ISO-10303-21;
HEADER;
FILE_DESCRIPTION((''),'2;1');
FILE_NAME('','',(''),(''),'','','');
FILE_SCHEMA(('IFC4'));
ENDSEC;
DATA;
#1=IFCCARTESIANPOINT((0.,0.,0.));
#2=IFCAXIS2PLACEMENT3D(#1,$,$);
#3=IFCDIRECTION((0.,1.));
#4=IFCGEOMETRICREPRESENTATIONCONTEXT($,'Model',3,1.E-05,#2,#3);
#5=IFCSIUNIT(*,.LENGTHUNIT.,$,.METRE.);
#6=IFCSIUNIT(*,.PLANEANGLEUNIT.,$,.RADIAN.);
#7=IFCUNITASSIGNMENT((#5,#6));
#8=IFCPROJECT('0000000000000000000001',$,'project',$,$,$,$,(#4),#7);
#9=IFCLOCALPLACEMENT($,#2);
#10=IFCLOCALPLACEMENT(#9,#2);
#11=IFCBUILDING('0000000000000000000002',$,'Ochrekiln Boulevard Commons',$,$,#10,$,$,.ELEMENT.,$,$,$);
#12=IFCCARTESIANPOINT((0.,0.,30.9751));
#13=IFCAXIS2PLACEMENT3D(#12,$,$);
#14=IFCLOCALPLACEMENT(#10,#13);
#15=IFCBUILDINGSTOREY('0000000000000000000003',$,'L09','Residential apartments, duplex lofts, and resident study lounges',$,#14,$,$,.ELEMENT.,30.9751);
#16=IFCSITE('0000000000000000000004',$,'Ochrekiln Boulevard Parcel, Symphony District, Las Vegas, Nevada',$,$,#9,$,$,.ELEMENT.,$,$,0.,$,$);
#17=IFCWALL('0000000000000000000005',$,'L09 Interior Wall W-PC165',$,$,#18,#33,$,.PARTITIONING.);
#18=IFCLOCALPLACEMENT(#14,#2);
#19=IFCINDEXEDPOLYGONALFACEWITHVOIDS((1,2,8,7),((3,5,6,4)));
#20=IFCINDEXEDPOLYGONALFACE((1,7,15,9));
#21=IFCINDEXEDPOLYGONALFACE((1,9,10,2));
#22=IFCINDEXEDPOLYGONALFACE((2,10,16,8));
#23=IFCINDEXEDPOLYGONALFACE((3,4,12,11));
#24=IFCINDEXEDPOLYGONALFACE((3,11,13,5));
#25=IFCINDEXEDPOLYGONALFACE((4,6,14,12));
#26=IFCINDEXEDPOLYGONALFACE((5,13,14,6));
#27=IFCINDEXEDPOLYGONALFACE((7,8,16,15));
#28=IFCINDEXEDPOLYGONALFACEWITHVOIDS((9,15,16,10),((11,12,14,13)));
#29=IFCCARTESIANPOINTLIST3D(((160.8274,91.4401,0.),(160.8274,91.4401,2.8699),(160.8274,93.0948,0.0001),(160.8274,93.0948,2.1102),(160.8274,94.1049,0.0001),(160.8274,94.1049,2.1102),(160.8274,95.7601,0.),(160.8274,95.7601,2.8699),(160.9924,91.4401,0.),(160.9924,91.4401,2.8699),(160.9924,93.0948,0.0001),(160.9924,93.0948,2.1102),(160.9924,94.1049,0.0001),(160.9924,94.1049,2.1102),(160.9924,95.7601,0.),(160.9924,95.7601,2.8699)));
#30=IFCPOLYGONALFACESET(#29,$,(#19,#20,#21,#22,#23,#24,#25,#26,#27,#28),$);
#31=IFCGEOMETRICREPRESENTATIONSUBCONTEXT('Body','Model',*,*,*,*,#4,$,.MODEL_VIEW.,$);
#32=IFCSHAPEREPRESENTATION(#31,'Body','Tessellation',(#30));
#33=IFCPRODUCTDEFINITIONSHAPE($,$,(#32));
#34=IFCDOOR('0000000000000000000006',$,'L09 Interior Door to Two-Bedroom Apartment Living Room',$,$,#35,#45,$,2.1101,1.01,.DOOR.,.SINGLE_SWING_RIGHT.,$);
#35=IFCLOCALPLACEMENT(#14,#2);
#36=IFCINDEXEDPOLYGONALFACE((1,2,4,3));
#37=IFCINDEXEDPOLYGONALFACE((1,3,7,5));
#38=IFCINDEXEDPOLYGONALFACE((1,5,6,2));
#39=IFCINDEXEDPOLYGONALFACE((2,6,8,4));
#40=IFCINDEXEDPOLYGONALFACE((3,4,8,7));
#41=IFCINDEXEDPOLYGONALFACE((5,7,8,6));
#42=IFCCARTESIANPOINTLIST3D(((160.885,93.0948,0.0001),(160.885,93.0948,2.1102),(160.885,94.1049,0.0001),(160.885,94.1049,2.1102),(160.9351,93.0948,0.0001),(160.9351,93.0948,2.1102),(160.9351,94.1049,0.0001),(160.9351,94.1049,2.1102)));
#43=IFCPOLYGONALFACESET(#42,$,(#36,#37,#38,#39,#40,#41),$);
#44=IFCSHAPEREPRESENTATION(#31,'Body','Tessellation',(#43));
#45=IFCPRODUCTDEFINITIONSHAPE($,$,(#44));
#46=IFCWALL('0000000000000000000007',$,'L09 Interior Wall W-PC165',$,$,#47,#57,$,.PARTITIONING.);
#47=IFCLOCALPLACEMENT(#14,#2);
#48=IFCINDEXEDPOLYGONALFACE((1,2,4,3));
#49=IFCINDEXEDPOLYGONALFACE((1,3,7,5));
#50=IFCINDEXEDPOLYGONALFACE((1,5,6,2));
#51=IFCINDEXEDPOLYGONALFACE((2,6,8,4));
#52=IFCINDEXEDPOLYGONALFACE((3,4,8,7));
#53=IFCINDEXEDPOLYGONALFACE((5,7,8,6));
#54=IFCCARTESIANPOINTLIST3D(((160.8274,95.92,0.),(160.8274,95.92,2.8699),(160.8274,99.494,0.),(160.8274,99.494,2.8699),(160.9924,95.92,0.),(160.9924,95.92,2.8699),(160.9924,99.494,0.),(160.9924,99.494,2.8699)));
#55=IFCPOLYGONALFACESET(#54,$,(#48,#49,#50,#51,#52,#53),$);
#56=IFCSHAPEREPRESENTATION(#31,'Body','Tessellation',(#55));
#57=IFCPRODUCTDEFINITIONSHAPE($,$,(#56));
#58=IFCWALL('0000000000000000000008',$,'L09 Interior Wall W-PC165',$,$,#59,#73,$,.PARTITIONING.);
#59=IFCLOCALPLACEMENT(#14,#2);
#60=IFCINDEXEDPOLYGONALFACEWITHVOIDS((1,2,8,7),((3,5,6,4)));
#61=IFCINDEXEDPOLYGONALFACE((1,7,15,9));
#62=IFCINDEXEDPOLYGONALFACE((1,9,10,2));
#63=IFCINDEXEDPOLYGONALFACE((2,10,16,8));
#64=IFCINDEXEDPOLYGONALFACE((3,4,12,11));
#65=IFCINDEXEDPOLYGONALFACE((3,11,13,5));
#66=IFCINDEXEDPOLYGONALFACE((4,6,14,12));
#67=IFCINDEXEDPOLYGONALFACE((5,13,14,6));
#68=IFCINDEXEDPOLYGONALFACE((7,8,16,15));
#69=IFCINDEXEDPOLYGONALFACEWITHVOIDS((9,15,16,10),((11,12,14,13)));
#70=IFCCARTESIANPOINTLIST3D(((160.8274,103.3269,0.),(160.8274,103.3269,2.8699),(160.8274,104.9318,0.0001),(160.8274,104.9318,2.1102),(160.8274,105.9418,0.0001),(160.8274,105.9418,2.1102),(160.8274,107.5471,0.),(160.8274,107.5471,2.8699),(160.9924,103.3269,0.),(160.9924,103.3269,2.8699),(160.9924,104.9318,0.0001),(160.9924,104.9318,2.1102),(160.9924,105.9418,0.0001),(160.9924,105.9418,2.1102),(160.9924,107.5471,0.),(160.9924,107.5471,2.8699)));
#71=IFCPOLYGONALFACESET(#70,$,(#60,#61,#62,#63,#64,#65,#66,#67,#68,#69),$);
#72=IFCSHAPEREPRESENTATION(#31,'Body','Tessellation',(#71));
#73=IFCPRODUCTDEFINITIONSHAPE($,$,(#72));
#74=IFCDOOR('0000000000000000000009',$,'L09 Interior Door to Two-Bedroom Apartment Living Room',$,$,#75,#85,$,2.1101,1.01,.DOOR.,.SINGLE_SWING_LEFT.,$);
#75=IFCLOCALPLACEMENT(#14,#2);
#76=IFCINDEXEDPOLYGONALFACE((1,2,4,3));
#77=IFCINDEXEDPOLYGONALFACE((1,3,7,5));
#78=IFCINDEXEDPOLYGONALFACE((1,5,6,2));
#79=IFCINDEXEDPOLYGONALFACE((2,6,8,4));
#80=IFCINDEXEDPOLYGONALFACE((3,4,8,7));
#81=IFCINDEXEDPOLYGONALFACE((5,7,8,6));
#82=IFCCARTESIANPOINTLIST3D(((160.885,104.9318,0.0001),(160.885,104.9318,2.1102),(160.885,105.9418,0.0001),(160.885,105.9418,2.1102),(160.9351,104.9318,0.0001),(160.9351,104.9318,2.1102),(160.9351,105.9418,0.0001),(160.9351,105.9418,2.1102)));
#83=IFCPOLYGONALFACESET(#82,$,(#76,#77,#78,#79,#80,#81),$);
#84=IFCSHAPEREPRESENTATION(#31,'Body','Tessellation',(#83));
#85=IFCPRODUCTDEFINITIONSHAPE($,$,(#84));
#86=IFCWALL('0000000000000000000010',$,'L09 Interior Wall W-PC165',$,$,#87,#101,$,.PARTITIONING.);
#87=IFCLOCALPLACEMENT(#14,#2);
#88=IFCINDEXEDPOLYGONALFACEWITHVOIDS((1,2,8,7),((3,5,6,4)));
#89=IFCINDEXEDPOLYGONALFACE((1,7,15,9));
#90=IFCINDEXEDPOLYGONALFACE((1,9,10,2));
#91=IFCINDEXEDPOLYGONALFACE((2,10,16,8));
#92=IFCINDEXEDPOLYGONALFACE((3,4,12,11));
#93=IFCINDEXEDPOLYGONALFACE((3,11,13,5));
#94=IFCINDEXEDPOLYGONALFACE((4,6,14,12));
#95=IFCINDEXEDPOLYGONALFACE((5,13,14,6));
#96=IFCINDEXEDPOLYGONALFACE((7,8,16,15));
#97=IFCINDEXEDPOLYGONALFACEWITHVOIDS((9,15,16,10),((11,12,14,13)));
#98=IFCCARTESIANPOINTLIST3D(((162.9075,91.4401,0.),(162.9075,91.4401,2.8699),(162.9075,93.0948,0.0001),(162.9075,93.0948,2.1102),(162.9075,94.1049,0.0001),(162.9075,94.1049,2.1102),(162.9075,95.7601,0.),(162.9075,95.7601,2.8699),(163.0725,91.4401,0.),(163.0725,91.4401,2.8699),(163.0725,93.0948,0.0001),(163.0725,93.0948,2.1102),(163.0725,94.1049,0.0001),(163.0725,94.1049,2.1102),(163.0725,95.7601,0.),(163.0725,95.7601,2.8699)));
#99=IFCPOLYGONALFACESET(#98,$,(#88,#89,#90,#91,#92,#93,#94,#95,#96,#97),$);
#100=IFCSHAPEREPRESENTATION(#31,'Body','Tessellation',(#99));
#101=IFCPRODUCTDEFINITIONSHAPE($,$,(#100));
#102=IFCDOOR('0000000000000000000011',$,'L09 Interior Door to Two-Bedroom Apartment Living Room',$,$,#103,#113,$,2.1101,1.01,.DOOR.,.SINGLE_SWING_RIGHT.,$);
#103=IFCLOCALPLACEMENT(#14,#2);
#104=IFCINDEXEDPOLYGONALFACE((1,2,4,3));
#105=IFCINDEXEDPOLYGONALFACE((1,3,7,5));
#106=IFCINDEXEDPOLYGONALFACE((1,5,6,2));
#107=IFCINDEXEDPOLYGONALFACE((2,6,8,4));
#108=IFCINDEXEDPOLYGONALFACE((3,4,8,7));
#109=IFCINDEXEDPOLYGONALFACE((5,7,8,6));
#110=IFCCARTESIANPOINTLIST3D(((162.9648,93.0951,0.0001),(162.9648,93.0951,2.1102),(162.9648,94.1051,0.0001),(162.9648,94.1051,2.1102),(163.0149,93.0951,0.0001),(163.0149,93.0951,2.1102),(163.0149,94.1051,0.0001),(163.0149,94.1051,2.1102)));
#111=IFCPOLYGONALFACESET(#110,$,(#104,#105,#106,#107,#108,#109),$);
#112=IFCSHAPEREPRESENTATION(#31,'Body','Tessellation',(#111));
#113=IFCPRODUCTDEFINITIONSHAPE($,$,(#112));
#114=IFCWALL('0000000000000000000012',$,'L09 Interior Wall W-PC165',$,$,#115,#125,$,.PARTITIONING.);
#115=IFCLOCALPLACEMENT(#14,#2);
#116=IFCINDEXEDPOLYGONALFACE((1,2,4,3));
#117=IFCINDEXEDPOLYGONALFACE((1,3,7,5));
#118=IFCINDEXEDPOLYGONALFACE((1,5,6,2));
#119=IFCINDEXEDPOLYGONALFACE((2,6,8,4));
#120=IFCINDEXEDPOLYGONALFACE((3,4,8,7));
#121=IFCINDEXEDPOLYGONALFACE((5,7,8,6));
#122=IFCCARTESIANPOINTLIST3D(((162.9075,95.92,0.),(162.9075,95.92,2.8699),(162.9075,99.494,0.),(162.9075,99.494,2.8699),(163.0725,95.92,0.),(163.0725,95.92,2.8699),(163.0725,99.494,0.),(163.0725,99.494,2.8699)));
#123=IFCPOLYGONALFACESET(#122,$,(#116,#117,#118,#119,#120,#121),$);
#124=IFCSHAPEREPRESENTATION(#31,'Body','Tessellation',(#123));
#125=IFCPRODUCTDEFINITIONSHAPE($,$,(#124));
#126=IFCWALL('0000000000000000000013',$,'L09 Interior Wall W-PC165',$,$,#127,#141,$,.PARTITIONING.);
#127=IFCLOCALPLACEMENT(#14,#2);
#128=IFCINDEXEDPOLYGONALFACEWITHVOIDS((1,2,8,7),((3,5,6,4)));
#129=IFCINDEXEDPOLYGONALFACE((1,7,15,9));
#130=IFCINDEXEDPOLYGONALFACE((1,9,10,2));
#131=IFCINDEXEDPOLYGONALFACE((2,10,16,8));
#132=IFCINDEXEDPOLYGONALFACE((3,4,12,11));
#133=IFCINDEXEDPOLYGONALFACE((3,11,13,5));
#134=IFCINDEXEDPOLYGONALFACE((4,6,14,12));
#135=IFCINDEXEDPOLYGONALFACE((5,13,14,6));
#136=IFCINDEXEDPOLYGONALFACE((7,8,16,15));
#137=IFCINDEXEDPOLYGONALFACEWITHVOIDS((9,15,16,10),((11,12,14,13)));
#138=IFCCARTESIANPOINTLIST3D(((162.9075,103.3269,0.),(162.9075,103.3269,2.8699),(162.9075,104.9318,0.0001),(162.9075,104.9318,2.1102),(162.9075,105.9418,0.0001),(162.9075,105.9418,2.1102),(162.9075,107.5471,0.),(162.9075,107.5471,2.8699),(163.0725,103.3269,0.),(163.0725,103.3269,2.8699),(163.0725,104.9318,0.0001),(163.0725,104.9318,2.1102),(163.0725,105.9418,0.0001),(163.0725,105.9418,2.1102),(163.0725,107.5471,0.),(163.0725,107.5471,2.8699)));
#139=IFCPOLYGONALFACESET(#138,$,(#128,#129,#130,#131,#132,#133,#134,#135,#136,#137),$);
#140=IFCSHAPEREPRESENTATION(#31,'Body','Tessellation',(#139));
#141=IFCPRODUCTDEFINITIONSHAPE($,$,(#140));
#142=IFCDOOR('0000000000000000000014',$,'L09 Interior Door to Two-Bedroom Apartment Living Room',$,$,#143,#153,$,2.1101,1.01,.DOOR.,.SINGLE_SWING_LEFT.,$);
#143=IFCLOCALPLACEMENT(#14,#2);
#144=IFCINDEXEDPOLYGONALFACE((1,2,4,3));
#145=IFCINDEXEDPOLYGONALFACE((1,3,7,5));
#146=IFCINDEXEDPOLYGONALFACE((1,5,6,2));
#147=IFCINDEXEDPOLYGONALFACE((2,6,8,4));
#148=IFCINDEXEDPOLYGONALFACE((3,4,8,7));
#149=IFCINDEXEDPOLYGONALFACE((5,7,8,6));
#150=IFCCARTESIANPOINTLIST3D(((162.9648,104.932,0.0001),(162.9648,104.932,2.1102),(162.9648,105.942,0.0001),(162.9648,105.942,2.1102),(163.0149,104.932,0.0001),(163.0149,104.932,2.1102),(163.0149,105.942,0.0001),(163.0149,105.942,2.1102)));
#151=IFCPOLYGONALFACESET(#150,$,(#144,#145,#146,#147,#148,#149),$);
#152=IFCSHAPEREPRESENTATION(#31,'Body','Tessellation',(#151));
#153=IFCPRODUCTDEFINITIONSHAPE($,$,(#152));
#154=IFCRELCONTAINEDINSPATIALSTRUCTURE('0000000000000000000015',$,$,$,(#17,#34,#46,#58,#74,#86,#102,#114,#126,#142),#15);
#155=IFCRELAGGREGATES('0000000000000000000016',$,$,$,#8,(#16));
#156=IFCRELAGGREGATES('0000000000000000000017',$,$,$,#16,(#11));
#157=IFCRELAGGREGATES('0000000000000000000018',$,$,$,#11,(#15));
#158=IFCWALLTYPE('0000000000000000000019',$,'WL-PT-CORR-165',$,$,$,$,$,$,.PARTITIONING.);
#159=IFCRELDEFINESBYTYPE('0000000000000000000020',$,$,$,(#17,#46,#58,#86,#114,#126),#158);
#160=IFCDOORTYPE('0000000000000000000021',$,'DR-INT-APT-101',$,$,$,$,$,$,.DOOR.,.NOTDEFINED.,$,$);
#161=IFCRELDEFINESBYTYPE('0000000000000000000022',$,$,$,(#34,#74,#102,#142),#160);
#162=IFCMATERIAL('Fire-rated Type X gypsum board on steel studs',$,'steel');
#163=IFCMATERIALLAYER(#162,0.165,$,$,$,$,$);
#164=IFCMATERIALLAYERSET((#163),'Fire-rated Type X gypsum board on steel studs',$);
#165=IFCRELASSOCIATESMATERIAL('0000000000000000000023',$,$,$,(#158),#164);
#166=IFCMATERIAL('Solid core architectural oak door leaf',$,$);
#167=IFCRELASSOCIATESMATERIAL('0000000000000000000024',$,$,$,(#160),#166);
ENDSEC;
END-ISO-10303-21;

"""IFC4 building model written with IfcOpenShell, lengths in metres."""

from ifc_helpers import new_model, si_unit, direction, frame, frame_2d, origin, place, context, subcontext, project, spatial, rectangle, extrude, material, layer, layer_set, type_object, element, fill, save


model = new_model("IFC4")

# Units and contexts
model_context = context("Model", 3, precision=1e-05, world=origin(), true_north=direction((0.0, 1.0)))
body_context = subcontext(model_context, "Body", "Model", "MODEL_VIEW")
ifc_project = project(units=[si_unit("LENGTHUNIT", "METRE"), si_unit("PLANEANGLEUNIT", "RADIAN")], contexts=[model_context])

# Site, building, storey
site_placement = place(None, origin())
site = spatial("IfcSite", under=ifc_project, at=site_placement, Name="Ochrekiln Boulevard Parcel, Symphony District, Las Vegas, Nevada", CompositionType="ELEMENT", RefElevation=0.0)
building_placement = place(site_placement, origin())
building = spatial("IfcBuilding", under=site, at=building_placement, Name="Ochrekiln Boulevard Commons", CompositionType="ELEMENT")
storey_placement = place(building_placement, frame((0.0, 0.0, 30.9751)))
storey = spatial("IfcBuildingStorey", under=building, at=storey_placement, Name="L09", Description="Residential apartments, duplex lofts, and resident study lounges", CompositionType="ELEMENT", Elevation=30.9751)

# Shared definitions
ifc_material_1 = material(Name="Solid core architectural oak door leaf")

# Wall, opening, door
ifc_material_2 = material(Name="Fire-rated Type X gypsum board on steel studs", Category="steel")
ifc_layer_1 = layer(ifc_material_2, 0.165)
ifc_layer_set_1 = layer_set([ifc_layer_1], Name="Fire-rated Type X gypsum board on steel studs")
wall_type_1 = type_object("IfcWallType", Name="WL-PT-CORR-165", PredefinedType="PARTITIONING", material=ifc_layer_set_1)
wall_1_placement = place(storey_placement, frame((160.9099, 91.4399, 0.0), z_axis=(0.0, 0.0, 1.0), x_axis=(0.0, 1.0, 0.0)))
wall_1 = element("IfcWall", 1, at=wall_1_placement, inside=storey, type_object=wall_type_1, Name="L09 Interior Wall W-PC165", PredefinedType="PARTITIONING", context=body_context, shape_type="SweptSolid", body=[
    extrude(rectangle(XDim=4.3201, YDim=0.165, at=frame_2d((2.1602, 0.0))), origin(), (0.0, 0.0, 1.0), 2.8699),
])
opening_1_placement = place(wall_1_placement, frame((1.655, 0.0, 0.0)))
opening_1 = element("IfcOpeningElement", 2, at=opening_1_placement, cuts=wall_1, PredefinedType="OPENING", context=body_context, shape_type="SweptSolid", body=[
    extrude(rectangle(XDim=1.01, YDim=2.1101, at=frame_2d((0.5049, 1.0552))), frame((0.0, 0.0925, 0.0), z_axis=(0.0, -1.0, 0.0), x_axis=(1.0, 0.0, 0.0)), (0.0, 0.0, 1.0), 0.1851),
])
door_type_1 = type_object("IfcDoorType", Name="DR-INT-APT-101", OperationType="NOTDEFINED", PredefinedType="DOOR", material=ifc_material_1)
door_1_placement = place(opening_1_placement, origin())
door_1 = element("IfcDoor", 3, at=door_1_placement, inside=storey, type_object=door_type_1, Name="L09 Interior Door to Two-Bedroom Apartment Living Room", OperationType="SINGLE_SWING_RIGHT", OverallHeight=2.1101, OverallWidth=1.01, PredefinedType="DOOR", context=body_context, shape_type="SweptSolid", body=[
    extrude(rectangle(XDim=1.01, YDim=2.1101, at=frame_2d((0.5049, 1.0552))), frame((0.0, 0.0249, 0.0), z_axis=(0.0, -1.0, 0.0), x_axis=(1.0, 0.0, 0.0)), (0.0, 0.0, 1.0), 0.05),
])
fill(opening_1, door_1)

# Wall
wall_2_placement = place(storey_placement, frame((160.9099, 95.9199, 0.0), z_axis=(0.0, 0.0, 1.0), x_axis=(0.0, 1.0, 0.0)))
element("IfcWall", 4, at=wall_2_placement, inside=storey, type_object=wall_type_1, Name="L09 Interior Wall W-PC165", PredefinedType="PARTITIONING", context=body_context, shape_type="SweptSolid", body=[
    extrude(rectangle(XDim=3.574, YDim=0.165, at=frame_2d((1.7871, 0.0))), origin(), (0.0, 0.0, 1.0), 2.8699),
])

# Walls, openings, doors
wall_3_placement = place(storey_placement, frame((160.9099, 103.3269, 0.0), z_axis=(0.0, 0.0, 1.0), x_axis=(0.0, 1.0, 0.0)))
wall_3 = element("IfcWall", 5, at=wall_3_placement, inside=storey, type_object=wall_type_1, Name="L09 Interior Wall W-PC165", PredefinedType="PARTITIONING", context=body_context, shape_type="SweptSolid", body=[
    extrude(rectangle(XDim=4.2202, YDim=0.165, at=frame_2d((2.1101, 0.0))), origin(), (0.0, 0.0, 1.0), 2.8699),
])
opening_2_placement = place(wall_3_placement, frame((1.605, 0.0, 0.0)))
opening_2 = element("IfcOpeningElement", 6, at=opening_2_placement, cuts=wall_3, PredefinedType="OPENING", context=body_context, shape_type="SweptSolid", body=[
    extrude(rectangle(XDim=1.01, YDim=2.1101, at=frame_2d((0.5049, 1.0552))), frame((0.0, 0.0925, 0.0), z_axis=(0.0, -1.0, 0.0), x_axis=(1.0, 0.0, 0.0)), (0.0, 0.0, 1.0), 0.1851),
])
door_2_placement = place(opening_2_placement, origin())
door_2 = element("IfcDoor", 7, at=door_2_placement, inside=storey, type_object=door_type_1, Name="L09 Interior Door to Two-Bedroom Apartment Living Room", OperationType="SINGLE_SWING_LEFT", OverallHeight=2.1101, OverallWidth=1.01, PredefinedType="DOOR", context=body_context, shape_type="SweptSolid", body=[
    extrude(rectangle(XDim=1.01, YDim=2.1101, at=frame_2d((0.5049, 1.0552))), frame((0.0, 0.0249, 0.0), z_axis=(0.0, -1.0, 0.0), x_axis=(1.0, 0.0, 0.0)), (0.0, 0.0, 1.0), 0.05),
])
fill(opening_2, door_2)
wall_4_placement = place(storey_placement, frame((162.99, 91.4399, 0.0), z_axis=(0.0, 0.0, 1.0), x_axis=(0.0, 1.0, 0.0)))
wall_4 = element("IfcWall", 8, at=wall_4_placement, inside=storey, type_object=wall_type_1, Name="L09 Interior Wall W-PC165", PredefinedType="PARTITIONING", context=body_context, shape_type="SweptSolid", body=[
    extrude(rectangle(XDim=4.3201, YDim=0.165, at=frame_2d((2.1602, 0.0))), origin(), (0.0, 0.0, 1.0), 2.8699),
])
opening_3_placement = place(wall_4_placement, frame((1.655, 0.0, 0.0)))
opening_3 = element("IfcOpeningElement", 9, at=opening_3_placement, cuts=wall_4, PredefinedType="OPENING", context=body_context, shape_type="SweptSolid", body=[
    extrude(rectangle(XDim=1.01, YDim=2.1101, at=frame_2d((0.5049, 1.0552))), frame((0.0, 0.0925, 0.0), z_axis=(0.0, -1.0, 0.0), x_axis=(1.0, 0.0, 0.0)), (0.0, 0.0, 1.0), 0.1851),
])
door_3_placement = place(opening_3_placement, frame((1.01, 0.0, 0.0), z_axis=(0.0, 0.0, 1.0), x_axis=(-1.0, 0.0, 0.0)))
door_3 = element("IfcDoor", 10, at=door_3_placement, inside=storey, type_object=door_type_1, Name="L09 Interior Door to Two-Bedroom Apartment Living Room", OperationType="SINGLE_SWING_RIGHT", OverallHeight=2.1101, OverallWidth=1.01, PredefinedType="DOOR", context=body_context, shape_type="SweptSolid", body=[
    extrude(rectangle(XDim=1.01, YDim=2.1101, at=frame_2d((0.5049, 1.0552))), frame((0.0, 0.0249, 0.0), z_axis=(0.0, -1.0, 0.0), x_axis=(1.0, 0.0, 0.0)), (0.0, 0.0, 1.0), 0.05),
])
fill(opening_3, door_3)

# Wall
wall_5_placement = place(storey_placement, frame((162.99, 95.9199, 0.0), z_axis=(0.0, 0.0, 1.0), x_axis=(0.0, 1.0, 0.0)))
element("IfcWall", 11, at=wall_5_placement, inside=storey, type_object=wall_type_1, Name="L09 Interior Wall W-PC165", PredefinedType="PARTITIONING", context=body_context, shape_type="SweptSolid", body=[
    extrude(rectangle(XDim=3.574, YDim=0.165, at=frame_2d((1.7871, 0.0))), origin(), (0.0, 0.0, 1.0), 2.8699),
])

# Wall, opening, door
wall_6_placement = place(storey_placement, frame((162.99, 103.3269, 0.0), z_axis=(0.0, 0.0, 1.0), x_axis=(0.0, 1.0, 0.0)))
wall_6 = element("IfcWall", 12, at=wall_6_placement, inside=storey, type_object=wall_type_1, Name="L09 Interior Wall W-PC165", PredefinedType="PARTITIONING", context=body_context, shape_type="SweptSolid", body=[
    extrude(rectangle(XDim=4.2202, YDim=0.165, at=frame_2d((2.1101, 0.0))), origin(), (0.0, 0.0, 1.0), 2.8699),
])
opening_4_placement = place(wall_6_placement, frame((1.605, 0.0, 0.0)))
opening_4 = element("IfcOpeningElement", 13, at=opening_4_placement, cuts=wall_6, PredefinedType="OPENING", context=body_context, shape_type="SweptSolid", body=[
    extrude(rectangle(XDim=1.01, YDim=2.1101, at=frame_2d((0.5049, 1.0552))), frame((0.0, 0.0925, 0.0), z_axis=(0.0, -1.0, 0.0), x_axis=(1.0, 0.0, 0.0)), (0.0, 0.0, 1.0), 0.1851),
])
door_4_placement = place(opening_4_placement, frame((1.01, 0.0, 0.0), z_axis=(0.0, 0.0, 1.0), x_axis=(-1.0, 0.0, 0.0)))
door_4 = element("IfcDoor", 14, at=door_4_placement, inside=storey, type_object=door_type_1, Name="L09 Interior Door to Two-Bedroom Apartment Living Room", OperationType="SINGLE_SWING_LEFT", OverallHeight=2.1101, OverallWidth=1.01, PredefinedType="DOOR", context=body_context, shape_type="SweptSolid", body=[
    extrude(rectangle(XDim=1.01, YDim=2.1101, at=frame_2d((0.5049, 1.0552))), frame((0.0, 0.0249, 0.0), z_axis=(0.0, -1.0, 0.0), x_axis=(1.0, 0.0, 0.0)), (0.0, 0.0, 1.0), 0.05),
])
fill(opening_4, door_4)

save(model, "model.ifc")
